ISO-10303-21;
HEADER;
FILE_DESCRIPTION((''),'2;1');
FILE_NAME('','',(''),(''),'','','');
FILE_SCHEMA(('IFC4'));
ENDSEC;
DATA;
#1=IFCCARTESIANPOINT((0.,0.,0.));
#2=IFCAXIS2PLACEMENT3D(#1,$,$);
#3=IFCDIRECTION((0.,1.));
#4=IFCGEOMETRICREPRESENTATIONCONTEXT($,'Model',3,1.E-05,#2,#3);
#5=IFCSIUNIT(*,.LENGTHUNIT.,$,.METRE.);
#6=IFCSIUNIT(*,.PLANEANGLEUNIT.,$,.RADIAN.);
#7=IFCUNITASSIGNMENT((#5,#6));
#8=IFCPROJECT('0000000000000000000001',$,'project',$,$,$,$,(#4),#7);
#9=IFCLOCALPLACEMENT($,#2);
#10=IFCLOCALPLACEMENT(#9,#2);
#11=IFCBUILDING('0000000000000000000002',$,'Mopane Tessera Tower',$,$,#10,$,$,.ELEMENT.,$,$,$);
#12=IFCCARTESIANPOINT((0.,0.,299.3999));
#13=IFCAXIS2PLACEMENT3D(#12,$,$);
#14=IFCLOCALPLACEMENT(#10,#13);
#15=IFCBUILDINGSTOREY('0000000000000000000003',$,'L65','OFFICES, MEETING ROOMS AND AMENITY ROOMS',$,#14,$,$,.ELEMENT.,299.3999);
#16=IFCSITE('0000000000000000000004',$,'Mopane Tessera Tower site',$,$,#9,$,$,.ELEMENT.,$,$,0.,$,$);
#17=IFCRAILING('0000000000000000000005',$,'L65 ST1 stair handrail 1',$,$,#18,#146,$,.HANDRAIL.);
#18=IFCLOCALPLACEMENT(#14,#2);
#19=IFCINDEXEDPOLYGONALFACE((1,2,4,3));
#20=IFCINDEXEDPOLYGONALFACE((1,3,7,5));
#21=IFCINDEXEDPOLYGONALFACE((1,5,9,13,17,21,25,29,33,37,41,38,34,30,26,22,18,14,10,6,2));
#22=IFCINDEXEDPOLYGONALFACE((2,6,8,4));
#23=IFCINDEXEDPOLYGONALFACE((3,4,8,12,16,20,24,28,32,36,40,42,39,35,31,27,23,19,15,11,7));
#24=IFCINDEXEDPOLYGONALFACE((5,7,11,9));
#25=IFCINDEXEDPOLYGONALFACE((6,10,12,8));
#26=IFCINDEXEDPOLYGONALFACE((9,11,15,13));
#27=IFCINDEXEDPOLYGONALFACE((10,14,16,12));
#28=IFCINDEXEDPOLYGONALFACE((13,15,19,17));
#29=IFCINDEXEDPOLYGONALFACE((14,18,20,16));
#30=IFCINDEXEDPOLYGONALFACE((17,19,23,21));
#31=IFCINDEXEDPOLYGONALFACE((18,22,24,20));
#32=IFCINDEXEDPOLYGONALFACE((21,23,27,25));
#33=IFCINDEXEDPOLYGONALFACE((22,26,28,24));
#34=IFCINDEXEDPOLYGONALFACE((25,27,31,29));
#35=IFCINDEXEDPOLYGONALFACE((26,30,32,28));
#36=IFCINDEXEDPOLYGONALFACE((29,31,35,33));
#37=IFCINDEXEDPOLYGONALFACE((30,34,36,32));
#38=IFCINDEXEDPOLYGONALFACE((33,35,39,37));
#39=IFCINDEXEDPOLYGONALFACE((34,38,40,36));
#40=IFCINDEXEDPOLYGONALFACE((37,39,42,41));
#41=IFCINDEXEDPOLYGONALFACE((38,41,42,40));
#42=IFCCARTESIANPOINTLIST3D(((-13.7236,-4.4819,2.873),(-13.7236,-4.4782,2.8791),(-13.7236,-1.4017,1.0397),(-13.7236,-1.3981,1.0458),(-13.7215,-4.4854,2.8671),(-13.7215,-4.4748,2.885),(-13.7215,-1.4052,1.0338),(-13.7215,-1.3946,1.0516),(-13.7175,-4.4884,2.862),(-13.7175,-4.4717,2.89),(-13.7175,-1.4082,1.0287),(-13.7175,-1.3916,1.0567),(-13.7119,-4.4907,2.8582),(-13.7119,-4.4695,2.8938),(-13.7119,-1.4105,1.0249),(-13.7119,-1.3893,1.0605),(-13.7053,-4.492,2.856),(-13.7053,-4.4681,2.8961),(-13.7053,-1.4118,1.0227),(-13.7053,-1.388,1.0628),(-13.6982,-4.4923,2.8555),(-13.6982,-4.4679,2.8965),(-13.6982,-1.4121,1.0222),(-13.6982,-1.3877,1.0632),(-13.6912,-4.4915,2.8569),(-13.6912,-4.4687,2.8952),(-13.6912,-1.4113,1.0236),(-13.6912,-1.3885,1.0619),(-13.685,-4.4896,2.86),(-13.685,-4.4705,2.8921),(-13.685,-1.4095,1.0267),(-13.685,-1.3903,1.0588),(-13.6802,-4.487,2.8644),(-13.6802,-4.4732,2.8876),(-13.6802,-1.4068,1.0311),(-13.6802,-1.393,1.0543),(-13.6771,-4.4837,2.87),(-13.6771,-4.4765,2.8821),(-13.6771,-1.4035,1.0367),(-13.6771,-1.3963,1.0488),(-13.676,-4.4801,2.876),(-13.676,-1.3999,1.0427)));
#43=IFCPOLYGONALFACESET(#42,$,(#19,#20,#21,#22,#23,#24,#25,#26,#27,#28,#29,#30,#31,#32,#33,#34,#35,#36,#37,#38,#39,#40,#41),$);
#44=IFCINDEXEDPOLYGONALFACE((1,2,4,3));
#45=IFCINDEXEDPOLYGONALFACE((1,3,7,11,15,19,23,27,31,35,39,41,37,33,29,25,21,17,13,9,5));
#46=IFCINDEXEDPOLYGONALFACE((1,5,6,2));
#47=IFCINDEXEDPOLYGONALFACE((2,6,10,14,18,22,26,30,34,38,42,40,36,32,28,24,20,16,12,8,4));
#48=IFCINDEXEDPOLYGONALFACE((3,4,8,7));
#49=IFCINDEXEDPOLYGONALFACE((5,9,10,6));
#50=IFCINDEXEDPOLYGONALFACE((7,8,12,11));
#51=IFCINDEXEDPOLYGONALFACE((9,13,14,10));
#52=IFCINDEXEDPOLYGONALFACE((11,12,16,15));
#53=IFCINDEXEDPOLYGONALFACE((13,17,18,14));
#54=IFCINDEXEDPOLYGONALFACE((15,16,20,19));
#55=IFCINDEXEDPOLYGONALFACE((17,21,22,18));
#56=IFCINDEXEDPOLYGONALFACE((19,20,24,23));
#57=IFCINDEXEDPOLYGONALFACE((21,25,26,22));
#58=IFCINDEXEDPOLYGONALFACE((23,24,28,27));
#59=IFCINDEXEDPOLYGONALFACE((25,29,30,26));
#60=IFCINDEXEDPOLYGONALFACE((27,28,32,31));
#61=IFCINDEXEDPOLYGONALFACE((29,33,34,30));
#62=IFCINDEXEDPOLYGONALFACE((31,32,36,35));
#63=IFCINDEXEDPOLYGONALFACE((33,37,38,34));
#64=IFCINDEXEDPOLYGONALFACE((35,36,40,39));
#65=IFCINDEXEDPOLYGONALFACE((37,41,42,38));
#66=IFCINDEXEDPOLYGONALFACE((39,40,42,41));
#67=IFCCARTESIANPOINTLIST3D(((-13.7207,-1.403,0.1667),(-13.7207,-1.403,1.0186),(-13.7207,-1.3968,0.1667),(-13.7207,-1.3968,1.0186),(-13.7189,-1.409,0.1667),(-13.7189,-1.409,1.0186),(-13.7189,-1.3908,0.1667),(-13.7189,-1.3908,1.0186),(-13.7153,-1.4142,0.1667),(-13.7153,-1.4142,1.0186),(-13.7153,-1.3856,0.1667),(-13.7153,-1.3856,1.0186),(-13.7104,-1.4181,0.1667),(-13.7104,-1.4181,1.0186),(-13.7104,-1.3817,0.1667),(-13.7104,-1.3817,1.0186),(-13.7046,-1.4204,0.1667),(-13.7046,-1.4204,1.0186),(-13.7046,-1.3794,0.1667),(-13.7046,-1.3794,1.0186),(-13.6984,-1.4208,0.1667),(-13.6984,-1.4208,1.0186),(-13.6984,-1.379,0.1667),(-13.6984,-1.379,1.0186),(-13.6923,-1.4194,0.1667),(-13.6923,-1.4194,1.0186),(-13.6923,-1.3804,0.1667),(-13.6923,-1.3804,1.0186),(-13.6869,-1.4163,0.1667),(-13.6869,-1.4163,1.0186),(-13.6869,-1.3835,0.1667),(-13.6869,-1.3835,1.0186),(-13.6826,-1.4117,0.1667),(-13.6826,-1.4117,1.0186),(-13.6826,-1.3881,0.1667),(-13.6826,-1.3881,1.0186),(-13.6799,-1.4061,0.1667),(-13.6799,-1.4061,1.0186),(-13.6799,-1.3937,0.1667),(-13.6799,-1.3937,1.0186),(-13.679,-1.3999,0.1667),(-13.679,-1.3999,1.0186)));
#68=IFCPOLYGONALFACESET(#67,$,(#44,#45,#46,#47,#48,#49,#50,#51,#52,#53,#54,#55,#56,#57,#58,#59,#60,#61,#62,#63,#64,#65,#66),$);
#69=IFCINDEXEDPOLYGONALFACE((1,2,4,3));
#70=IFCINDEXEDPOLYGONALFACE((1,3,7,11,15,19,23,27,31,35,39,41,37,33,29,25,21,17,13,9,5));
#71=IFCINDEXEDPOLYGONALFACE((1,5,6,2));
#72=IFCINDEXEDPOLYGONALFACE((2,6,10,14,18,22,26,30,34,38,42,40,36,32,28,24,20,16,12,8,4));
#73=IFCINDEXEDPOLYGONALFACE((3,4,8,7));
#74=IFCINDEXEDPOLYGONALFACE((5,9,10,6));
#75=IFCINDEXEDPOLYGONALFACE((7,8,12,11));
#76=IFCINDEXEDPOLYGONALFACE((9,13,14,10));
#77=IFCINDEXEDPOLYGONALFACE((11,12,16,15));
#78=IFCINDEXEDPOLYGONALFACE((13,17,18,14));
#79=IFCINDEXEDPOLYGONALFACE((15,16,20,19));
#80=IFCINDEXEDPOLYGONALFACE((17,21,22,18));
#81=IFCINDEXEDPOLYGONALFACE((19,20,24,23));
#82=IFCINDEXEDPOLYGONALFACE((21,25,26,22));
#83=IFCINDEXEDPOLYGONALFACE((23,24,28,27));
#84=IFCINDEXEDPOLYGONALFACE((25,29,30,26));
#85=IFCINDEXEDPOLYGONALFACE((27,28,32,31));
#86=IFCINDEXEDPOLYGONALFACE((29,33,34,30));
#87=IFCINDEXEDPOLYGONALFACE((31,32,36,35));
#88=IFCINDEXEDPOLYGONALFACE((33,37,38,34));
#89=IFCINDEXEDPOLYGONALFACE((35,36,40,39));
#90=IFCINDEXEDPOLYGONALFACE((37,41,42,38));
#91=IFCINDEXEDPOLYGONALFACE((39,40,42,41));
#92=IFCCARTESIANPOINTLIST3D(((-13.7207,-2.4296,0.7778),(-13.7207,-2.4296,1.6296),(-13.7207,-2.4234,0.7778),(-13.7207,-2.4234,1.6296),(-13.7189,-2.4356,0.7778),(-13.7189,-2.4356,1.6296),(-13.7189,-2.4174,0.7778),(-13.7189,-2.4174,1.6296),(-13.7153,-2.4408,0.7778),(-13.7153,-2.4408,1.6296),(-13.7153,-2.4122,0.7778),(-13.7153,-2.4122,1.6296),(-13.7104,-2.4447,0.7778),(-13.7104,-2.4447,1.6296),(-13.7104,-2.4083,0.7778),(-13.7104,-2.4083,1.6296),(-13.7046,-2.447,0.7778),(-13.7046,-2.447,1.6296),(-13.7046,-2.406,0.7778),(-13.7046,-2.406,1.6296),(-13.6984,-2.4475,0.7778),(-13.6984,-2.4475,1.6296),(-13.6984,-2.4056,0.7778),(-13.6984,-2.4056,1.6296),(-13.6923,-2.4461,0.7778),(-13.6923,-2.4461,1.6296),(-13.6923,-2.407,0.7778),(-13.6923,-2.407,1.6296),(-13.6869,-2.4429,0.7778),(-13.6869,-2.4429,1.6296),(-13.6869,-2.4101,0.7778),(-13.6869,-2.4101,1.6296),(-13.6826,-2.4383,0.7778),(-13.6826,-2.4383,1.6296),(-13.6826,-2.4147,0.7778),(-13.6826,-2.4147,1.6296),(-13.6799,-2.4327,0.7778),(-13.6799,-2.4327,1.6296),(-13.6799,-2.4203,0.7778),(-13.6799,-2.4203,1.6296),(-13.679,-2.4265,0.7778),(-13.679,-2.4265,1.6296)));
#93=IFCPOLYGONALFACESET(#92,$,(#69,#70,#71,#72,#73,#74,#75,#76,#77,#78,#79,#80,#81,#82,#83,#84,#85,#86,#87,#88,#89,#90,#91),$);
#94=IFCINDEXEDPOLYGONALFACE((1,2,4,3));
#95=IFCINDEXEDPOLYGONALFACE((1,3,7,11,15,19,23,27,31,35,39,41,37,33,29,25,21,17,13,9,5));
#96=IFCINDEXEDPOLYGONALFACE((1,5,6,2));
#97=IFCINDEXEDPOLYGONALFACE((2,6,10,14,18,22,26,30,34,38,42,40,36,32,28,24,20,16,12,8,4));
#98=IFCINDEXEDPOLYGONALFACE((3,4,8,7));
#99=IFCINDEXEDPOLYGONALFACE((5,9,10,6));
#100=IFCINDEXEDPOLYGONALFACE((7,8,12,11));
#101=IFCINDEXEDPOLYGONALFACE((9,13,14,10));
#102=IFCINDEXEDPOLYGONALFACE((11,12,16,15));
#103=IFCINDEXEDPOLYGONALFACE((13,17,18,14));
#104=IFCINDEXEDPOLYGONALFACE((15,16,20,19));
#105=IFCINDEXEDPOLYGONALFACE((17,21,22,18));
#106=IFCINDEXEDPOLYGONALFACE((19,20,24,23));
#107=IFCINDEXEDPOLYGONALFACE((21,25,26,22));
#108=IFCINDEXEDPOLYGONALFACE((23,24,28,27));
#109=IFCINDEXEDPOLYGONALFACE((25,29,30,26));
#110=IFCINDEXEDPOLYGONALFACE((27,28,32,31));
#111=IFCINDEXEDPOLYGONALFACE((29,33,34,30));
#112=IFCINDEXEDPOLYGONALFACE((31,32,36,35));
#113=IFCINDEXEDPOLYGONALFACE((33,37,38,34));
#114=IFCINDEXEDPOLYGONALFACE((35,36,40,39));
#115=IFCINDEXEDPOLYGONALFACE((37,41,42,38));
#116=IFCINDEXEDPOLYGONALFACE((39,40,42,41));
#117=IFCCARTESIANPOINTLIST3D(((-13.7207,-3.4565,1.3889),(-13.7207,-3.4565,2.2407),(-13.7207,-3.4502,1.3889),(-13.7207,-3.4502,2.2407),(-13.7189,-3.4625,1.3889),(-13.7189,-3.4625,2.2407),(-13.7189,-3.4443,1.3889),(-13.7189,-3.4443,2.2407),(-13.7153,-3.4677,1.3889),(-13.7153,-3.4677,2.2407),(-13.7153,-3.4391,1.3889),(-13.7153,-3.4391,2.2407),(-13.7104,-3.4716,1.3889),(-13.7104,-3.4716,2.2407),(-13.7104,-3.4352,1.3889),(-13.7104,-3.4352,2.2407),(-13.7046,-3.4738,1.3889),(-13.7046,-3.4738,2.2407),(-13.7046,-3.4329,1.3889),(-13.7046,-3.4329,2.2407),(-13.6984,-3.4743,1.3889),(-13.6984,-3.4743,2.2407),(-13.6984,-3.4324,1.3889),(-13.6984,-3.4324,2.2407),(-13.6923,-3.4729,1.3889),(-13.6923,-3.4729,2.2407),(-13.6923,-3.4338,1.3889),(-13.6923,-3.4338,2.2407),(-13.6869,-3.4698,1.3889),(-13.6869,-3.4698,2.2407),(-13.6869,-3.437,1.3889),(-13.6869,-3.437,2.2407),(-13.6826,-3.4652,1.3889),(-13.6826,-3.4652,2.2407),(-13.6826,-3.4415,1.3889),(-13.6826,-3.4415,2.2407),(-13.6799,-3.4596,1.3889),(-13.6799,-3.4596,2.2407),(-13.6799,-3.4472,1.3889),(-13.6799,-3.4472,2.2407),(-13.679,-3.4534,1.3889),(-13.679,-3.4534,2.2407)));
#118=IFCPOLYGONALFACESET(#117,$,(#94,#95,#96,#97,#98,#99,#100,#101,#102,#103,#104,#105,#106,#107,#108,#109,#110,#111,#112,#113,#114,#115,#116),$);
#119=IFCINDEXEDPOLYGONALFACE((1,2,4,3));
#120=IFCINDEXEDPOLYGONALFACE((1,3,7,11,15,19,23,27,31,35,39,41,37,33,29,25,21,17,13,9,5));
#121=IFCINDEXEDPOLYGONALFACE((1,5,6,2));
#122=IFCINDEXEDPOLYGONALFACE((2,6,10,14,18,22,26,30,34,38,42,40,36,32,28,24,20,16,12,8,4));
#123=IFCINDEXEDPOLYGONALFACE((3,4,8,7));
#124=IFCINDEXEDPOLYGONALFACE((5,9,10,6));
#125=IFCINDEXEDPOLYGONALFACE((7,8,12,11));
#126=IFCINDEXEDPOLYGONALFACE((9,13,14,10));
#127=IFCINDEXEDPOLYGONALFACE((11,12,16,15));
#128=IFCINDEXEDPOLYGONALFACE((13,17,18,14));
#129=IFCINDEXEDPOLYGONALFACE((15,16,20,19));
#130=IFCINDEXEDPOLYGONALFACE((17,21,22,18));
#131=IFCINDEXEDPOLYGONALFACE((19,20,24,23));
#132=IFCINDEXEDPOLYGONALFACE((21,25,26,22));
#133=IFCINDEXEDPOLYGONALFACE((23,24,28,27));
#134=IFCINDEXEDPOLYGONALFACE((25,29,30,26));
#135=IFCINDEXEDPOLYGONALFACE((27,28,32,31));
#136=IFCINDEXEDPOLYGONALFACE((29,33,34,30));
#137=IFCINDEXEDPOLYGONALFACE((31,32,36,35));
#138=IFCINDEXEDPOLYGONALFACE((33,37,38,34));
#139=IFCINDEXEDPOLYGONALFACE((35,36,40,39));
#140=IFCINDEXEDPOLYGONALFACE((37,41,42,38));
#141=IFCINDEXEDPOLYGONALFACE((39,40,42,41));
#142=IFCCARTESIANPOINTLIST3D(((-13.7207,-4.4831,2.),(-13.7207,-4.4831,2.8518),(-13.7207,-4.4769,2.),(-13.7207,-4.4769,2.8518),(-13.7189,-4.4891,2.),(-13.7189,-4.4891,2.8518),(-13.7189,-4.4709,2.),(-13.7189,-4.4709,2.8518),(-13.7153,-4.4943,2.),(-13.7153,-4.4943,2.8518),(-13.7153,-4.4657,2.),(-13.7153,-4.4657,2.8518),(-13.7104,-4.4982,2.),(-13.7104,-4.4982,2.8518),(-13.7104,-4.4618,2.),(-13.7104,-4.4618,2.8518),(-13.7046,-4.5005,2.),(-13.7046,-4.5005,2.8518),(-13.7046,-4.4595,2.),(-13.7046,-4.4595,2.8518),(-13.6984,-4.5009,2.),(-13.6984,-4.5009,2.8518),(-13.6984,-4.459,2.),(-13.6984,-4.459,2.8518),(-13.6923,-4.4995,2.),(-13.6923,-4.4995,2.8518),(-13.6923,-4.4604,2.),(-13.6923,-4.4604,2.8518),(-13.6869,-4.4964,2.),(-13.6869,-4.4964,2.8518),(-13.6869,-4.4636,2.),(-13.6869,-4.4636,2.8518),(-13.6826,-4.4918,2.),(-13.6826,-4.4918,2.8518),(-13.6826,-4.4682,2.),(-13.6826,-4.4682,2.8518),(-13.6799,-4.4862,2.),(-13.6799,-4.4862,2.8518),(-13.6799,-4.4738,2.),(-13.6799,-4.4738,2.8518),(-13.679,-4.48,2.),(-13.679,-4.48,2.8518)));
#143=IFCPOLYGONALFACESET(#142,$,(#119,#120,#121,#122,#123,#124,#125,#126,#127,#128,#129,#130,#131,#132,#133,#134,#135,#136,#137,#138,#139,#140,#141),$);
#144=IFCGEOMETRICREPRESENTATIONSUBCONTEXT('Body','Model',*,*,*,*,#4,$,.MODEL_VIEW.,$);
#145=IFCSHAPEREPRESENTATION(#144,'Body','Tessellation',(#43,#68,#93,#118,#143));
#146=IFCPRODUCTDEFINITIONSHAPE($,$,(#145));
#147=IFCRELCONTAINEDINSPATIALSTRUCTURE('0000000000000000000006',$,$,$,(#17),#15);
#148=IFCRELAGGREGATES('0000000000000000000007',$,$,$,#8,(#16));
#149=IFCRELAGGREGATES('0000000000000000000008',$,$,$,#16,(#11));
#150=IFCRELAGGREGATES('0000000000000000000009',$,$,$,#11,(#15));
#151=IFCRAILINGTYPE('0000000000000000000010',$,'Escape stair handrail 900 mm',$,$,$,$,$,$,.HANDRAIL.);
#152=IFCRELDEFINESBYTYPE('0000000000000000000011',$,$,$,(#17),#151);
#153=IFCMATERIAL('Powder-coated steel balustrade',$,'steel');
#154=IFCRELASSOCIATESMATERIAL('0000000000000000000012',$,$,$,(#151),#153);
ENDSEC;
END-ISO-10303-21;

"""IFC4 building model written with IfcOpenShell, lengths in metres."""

from ifc_helpers import new_model, si_unit, direction, frame, origin, origin_2d, place, context, subcontext, project, spatial, circle, extrude, material, type_object, element, save


model = new_model("IFC4")

# Units and contexts
model_context = context("Model", 3, precision=1e-05, world=origin(), true_north=direction((0.0, 1.0)))
body_context = subcontext(model_context, "Body", "Model", "MODEL_VIEW")
ifc_project = project(units=[si_unit("LENGTHUNIT", "METRE"), si_unit("PLANEANGLEUNIT", "RADIAN")], contexts=[model_context])

# Site, building, storey
site_placement = place(None, origin())
site = spatial("IfcSite", under=ifc_project, at=site_placement, Name="Mopane Tessera Tower site", CompositionType="ELEMENT", RefElevation=0.0)
building_placement = place(site_placement, origin())
building = spatial("IfcBuilding", under=site, at=building_placement, Name="Mopane Tessera Tower", CompositionType="ELEMENT")
storey_placement = place(building_placement, frame((0.0, 0.0, 299.3999)))
storey = spatial("IfcBuildingStorey", under=building, at=storey_placement, Name="L65", Description="OFFICES, MEETING ROOMS AND AMENITY ROOMS", CompositionType="ELEMENT", Elevation=299.3999)

# Railing
ifc_material_1 = material(Name="Powder-coated steel balustrade", Category="steel")
railing_type_1 = type_object("IfcRailingType", Name="Escape stair handrail 900 mm", PredefinedType="HANDRAIL", material=ifc_material_1)
railing_1_placement = place(storey_placement, frame((-13.7, -1.3999, 0.1667)))
element("IfcRailing", 1, at=railing_1_placement, inside=storey, type_object=railing_type_1, Name="L65 ST1 stair handrail 1", PredefinedType="HANDRAIL", context=body_context, shape_type="SweptSolid", body=[
    extrude(circle(Radius=0.0239, at=origin_2d()), frame((0.0, 0.0, 0.876), z_axis=(0.0, -0.859309, 0.511458), x_axis=(1.0, 0.0, 0.0)), (0.0, 0.0, 1.0), 3.5845),
    extrude(circle(Radius=0.021, at=origin_2d()), origin(), (0.0, 0.0, 1.0), 0.8518),
    extrude(circle(Radius=0.021, at=origin_2d()), frame((0.0, -1.0266, 0.6111)), (0.0, 0.0, 1.0), 0.8518),
    extrude(circle(Radius=0.021, at=origin_2d()), frame((0.0, -2.0535, 1.2222)), (0.0, 0.0, 1.0), 0.8518),
    extrude(circle(Radius=0.021, at=origin_2d()), frame((0.0, -3.0801, 1.8333)), (0.0, 0.0, 1.0), 0.8518),
])

save(model, "model.ifc")
